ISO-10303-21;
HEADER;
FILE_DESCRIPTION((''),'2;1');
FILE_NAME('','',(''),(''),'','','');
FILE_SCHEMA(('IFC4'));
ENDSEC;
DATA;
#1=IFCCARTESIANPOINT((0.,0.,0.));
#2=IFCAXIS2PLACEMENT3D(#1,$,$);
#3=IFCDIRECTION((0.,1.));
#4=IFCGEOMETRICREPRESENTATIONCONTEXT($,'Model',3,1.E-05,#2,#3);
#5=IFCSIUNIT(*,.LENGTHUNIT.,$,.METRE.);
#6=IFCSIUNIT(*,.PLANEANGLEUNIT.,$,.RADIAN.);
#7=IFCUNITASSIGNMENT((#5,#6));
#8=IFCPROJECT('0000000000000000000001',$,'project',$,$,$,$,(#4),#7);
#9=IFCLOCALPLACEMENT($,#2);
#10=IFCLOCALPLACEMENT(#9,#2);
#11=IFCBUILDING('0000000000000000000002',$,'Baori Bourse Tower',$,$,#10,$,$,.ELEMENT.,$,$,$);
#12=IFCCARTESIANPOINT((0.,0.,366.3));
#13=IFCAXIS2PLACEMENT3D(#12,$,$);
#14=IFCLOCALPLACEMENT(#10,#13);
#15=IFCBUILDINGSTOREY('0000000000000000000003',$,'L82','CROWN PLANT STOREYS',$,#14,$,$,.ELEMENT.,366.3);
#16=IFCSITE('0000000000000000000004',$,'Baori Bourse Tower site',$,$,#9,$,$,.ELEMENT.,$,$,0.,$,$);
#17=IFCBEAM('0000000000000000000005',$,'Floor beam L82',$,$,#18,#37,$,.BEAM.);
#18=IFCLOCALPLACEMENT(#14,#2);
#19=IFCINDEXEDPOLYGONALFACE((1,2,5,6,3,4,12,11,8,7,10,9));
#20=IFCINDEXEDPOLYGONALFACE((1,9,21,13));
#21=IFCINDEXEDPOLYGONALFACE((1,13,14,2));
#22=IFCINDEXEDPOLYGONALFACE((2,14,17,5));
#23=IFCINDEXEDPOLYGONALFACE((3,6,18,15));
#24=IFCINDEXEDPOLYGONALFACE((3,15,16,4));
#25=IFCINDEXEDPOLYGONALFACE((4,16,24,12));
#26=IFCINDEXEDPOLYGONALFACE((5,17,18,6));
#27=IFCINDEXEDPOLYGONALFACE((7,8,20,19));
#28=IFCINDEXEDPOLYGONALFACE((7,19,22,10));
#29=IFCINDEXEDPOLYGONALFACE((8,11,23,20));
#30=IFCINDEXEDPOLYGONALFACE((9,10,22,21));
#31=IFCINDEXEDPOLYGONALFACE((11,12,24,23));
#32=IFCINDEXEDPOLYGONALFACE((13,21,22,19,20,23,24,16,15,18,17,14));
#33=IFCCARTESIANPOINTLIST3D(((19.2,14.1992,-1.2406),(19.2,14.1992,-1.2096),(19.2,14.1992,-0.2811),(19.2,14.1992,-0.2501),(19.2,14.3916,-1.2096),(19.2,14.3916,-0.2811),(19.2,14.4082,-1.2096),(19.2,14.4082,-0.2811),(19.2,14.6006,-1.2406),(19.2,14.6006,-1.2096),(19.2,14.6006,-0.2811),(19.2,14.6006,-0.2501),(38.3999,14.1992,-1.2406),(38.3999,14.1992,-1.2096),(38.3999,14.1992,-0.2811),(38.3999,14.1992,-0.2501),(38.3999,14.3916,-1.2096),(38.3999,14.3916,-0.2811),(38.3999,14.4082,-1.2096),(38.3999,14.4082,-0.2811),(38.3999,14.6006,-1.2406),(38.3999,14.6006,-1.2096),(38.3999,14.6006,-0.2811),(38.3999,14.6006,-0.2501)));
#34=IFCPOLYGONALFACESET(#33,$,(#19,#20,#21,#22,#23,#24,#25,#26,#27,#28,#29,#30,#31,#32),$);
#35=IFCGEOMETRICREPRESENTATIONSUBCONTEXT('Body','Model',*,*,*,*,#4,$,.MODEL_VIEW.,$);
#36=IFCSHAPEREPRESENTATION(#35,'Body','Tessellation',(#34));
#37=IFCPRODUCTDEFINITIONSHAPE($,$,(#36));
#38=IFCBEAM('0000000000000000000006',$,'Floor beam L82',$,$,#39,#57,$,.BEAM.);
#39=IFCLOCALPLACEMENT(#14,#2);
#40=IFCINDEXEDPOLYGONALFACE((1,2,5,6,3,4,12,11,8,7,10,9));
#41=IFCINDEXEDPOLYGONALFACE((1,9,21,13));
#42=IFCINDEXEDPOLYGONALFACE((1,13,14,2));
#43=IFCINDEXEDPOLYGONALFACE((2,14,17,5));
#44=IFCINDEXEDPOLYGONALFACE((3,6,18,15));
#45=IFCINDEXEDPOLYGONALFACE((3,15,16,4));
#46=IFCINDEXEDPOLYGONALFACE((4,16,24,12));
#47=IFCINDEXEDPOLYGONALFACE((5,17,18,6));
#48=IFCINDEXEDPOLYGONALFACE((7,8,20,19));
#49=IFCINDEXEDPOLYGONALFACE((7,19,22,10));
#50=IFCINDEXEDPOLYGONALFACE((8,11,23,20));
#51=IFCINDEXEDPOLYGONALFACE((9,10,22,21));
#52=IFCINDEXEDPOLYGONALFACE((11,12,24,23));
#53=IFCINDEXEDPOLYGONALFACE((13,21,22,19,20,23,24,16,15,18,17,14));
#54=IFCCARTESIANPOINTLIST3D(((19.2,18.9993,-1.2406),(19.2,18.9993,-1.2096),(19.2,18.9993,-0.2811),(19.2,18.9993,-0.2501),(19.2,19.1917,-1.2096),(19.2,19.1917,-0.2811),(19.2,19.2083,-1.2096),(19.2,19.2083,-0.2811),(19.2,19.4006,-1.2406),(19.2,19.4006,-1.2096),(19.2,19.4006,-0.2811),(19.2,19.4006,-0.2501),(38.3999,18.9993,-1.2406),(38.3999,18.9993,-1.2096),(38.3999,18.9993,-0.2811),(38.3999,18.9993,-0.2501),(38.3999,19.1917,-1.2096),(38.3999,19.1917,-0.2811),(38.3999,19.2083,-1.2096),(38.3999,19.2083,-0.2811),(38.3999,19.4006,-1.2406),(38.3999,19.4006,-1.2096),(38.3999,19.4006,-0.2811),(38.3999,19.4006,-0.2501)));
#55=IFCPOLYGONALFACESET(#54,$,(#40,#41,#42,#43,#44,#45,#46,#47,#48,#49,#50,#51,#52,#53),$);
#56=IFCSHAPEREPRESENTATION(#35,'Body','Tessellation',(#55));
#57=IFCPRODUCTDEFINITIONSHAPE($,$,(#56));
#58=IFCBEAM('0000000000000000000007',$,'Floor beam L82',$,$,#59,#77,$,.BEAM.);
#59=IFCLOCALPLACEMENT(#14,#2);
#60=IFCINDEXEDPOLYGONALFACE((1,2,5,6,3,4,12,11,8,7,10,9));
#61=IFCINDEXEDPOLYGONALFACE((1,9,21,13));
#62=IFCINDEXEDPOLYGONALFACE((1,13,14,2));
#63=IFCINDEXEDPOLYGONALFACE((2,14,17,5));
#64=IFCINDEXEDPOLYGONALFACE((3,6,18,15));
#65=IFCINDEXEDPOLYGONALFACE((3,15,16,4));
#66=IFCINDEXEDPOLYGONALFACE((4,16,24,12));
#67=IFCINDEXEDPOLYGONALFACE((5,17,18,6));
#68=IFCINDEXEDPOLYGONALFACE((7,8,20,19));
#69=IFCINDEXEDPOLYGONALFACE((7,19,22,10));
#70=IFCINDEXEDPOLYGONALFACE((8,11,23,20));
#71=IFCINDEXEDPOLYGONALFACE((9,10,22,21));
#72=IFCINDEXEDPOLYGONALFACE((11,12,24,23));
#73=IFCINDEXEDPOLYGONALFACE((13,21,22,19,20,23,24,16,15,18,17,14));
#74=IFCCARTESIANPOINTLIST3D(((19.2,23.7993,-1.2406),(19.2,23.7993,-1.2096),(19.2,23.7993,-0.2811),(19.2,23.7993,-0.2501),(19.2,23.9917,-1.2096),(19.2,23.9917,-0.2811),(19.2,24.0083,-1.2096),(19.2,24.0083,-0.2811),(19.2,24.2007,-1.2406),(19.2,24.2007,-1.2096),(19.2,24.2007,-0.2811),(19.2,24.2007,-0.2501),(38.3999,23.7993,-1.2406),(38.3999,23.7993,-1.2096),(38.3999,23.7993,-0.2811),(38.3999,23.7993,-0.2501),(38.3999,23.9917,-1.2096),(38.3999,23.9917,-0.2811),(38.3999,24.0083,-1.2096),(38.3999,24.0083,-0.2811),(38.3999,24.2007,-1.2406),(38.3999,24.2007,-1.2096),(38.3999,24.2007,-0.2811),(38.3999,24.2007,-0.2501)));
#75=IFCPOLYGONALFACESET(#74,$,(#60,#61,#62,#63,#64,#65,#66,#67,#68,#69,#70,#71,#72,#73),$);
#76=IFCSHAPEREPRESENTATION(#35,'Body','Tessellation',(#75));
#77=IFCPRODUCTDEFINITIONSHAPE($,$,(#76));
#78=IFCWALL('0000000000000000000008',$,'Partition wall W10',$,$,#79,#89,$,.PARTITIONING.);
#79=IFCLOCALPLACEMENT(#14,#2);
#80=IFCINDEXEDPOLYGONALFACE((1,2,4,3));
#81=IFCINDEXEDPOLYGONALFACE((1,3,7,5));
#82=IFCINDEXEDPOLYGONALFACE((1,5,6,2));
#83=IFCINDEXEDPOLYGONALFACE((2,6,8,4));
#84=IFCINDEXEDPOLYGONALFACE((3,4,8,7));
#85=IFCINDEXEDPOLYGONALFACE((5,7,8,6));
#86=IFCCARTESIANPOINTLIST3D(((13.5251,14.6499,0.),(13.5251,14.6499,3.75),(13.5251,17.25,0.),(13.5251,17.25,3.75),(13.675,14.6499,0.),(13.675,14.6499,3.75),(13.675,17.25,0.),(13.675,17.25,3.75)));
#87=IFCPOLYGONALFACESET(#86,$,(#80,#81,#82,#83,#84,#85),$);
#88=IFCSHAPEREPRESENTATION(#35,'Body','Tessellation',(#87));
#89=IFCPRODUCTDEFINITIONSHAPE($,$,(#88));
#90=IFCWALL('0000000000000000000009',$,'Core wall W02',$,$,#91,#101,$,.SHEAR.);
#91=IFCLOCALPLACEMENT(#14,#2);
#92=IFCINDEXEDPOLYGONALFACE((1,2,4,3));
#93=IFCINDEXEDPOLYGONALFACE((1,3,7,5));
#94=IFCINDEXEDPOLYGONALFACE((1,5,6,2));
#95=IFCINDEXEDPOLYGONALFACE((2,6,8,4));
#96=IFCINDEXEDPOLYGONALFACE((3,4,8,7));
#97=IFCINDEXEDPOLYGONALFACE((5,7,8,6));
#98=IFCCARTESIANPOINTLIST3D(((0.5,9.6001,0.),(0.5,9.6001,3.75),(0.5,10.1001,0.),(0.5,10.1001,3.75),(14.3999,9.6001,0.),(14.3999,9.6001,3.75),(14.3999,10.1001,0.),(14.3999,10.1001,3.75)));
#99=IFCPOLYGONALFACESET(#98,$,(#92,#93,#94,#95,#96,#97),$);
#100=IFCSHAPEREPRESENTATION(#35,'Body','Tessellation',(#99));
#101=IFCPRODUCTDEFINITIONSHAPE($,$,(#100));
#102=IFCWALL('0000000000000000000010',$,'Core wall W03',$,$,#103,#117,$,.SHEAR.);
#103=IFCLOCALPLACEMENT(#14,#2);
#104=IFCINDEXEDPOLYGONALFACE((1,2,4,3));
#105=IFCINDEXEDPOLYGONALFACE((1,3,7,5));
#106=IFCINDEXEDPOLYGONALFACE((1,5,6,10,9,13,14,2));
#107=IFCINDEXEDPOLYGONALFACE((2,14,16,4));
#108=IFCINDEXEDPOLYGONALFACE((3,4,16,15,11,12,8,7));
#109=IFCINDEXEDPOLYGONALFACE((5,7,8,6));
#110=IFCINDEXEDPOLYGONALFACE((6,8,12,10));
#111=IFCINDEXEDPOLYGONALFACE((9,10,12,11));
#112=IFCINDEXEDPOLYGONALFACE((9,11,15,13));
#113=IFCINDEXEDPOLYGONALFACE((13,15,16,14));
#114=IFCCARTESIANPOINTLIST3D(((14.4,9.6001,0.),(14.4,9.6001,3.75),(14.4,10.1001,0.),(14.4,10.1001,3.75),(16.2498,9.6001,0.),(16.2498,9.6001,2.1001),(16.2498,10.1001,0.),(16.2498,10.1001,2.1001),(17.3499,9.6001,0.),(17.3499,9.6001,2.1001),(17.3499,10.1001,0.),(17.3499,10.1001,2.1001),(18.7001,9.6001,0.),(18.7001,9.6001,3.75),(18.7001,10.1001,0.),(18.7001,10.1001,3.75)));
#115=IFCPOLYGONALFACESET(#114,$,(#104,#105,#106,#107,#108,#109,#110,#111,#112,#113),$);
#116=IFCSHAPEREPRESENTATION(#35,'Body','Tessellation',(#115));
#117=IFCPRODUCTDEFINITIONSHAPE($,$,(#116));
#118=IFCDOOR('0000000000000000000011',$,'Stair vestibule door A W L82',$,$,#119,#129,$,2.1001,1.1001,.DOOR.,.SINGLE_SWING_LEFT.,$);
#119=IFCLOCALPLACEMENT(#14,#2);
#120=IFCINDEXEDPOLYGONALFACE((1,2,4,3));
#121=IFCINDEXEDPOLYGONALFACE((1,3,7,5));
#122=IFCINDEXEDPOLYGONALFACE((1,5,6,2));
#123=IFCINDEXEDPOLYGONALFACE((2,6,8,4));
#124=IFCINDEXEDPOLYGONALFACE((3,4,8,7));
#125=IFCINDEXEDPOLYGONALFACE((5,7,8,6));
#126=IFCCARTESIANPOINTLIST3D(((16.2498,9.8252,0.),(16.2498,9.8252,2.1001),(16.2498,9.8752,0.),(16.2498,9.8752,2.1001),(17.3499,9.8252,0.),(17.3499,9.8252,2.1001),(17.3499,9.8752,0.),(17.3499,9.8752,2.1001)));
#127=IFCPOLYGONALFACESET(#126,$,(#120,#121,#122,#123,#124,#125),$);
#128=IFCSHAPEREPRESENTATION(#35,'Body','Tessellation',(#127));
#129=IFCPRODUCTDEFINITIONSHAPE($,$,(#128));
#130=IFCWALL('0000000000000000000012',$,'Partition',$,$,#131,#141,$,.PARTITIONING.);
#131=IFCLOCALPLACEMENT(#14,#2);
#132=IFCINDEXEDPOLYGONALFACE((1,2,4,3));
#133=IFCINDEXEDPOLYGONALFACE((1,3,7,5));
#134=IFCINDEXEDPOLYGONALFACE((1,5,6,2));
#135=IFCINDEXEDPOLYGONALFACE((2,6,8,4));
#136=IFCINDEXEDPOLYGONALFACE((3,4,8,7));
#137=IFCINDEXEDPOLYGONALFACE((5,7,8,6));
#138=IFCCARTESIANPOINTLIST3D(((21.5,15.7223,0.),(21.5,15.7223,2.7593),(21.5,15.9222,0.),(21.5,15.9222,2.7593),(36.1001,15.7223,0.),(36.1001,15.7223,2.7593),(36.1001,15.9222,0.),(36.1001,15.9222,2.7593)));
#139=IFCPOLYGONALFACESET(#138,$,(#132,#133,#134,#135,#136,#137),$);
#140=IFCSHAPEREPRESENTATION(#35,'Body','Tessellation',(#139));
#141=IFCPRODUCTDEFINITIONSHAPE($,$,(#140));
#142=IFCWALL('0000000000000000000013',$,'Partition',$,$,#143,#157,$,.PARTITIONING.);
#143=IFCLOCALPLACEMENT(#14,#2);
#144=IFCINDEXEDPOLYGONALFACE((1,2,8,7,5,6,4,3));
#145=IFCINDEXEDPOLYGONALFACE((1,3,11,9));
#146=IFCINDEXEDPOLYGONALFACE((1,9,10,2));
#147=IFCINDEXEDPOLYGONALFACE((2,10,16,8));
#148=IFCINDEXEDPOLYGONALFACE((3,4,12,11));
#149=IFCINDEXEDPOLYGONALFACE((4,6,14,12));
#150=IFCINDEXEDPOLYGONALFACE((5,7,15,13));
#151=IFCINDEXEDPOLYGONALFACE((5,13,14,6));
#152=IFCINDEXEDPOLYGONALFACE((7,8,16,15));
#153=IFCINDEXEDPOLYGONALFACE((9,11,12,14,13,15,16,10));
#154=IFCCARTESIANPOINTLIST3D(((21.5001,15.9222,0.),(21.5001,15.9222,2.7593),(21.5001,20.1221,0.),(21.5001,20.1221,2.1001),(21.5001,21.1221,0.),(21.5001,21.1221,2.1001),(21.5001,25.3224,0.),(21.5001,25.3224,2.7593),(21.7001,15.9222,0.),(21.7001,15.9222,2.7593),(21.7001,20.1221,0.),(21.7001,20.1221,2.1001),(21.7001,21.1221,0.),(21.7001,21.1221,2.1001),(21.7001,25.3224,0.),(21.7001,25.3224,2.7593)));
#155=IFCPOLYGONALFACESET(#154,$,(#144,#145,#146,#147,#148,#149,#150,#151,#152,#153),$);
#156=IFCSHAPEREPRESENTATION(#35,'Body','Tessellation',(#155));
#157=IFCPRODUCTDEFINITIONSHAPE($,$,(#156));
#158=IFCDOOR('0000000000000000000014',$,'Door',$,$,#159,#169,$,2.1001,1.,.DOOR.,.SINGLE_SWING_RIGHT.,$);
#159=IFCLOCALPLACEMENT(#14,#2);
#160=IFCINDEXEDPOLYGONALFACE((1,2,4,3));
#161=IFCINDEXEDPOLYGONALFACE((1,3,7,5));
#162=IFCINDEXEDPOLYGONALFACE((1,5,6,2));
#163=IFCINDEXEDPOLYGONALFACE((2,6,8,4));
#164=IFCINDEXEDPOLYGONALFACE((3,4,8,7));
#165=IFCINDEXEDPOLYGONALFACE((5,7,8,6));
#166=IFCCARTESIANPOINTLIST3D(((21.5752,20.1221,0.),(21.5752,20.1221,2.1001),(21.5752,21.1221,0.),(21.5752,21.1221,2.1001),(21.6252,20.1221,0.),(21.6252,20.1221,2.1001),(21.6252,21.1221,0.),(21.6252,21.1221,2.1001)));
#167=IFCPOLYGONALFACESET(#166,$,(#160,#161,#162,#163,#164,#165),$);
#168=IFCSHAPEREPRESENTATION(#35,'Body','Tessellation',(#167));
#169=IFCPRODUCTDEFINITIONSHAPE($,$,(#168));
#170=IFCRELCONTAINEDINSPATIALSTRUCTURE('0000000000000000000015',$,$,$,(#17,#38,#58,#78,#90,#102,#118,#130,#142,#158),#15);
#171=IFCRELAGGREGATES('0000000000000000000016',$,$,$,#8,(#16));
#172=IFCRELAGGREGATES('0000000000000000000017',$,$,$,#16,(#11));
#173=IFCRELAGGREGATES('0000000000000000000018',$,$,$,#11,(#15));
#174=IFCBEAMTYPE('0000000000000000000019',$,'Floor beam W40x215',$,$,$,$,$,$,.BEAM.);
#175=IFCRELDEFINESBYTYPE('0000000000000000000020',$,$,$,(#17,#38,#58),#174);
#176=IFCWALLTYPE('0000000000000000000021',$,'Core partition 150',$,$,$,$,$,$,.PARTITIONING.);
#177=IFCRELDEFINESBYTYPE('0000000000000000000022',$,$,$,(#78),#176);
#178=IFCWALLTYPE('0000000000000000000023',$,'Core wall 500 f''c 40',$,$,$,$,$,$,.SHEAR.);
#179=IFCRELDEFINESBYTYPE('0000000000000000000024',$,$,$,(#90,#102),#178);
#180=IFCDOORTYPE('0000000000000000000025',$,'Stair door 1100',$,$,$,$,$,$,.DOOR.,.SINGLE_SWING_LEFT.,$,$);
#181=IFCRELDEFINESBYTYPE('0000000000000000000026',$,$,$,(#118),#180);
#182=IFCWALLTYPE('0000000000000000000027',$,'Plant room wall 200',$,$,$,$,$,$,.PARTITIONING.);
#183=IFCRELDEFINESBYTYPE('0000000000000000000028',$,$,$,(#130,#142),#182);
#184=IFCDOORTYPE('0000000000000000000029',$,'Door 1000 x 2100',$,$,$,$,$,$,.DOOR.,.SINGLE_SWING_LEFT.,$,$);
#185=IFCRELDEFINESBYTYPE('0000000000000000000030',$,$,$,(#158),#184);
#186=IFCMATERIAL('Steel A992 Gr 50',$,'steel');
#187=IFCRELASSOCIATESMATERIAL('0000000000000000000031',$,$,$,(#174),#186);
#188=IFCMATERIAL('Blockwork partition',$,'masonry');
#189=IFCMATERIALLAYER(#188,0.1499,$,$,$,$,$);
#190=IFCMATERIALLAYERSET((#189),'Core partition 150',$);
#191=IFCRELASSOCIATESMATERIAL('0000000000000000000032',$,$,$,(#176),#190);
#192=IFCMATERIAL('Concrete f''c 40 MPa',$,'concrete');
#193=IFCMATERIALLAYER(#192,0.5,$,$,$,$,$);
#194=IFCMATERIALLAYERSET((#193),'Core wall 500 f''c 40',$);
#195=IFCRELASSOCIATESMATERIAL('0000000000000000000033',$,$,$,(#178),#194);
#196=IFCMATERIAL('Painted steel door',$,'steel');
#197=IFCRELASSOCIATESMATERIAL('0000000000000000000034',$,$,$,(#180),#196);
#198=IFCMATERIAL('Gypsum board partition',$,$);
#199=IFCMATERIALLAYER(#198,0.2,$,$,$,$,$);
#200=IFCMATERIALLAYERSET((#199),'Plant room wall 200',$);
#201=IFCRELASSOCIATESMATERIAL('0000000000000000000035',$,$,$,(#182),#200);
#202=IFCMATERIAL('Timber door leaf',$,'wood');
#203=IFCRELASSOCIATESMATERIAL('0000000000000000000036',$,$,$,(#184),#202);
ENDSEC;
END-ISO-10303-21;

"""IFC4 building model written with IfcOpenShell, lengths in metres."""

from ifc_helpers import new_model, si_unit, direction, frame, frame_2d, origin, origin_2d, place, context, subcontext, project, spatial, rectangle, i_section, extrude, material, layer, layer_set, material_profile, profile_set, type_object, element, fill, save


model = new_model("IFC4")

# Units and contexts
model_context = context("Model", 3, precision=1e-05, world=origin(), true_north=direction((0.0, 1.0)))
body_context = subcontext(model_context, "Body", "Model", "MODEL_VIEW")
ifc_project = project(units=[si_unit("LENGTHUNIT", "METRE"), si_unit("PLANEANGLEUNIT", "RADIAN")], contexts=[model_context])

# Site, building, storey
site_placement = place(None, origin())
site = spatial("IfcSite", under=ifc_project, at=site_placement, Name="Baori Bourse Tower site", CompositionType="ELEMENT", RefElevation=0.0)
building_placement = place(site_placement, origin())
building = spatial("IfcBuilding", under=site, at=building_placement, Name="Baori Bourse Tower", CompositionType="ELEMENT")
storey_placement = place(building_placement, frame((0.0, 0.0, 366.3)))
storey = spatial("IfcBuildingStorey", under=building, at=storey_placement, Name="L82", Description="CROWN PLANT STOREYS", CompositionType="ELEMENT", Elevation=366.3)

# Beams
ifc_material_1 = material(Name="Steel A992 Gr 50", Category="steel")
ifc_material_profile = material_profile(ifc_material_1, i_section(OverallWidth=0.4014, OverallDepth=0.9905, WebThickness=0.0166, FlangeThickness=0.031, at=origin_2d()), Name="W40x215")
ifc_profile_set = profile_set([ifc_material_profile], Name="Steel A992 Gr 50")
beam_type = type_object("IfcBeamType", Name="Floor beam W40x215", PredefinedType="BEAM", material=ifc_profile_set)
for number, where, z_axis, x_axis, name in (
    (1, (19.2, 14.3999, -0.7454), (1.0, 0.0, 0.0), (0.0, 1.0, 0.0), "Floor beam L82"),
    (2, (19.2, 19.2, -0.7454), (1.0, 0.0, 0.0), (0.0, 1.0, 0.0), "Floor beam L82"),
    (3, (19.2, 24.0, -0.7454), (1.0, 0.0, 0.0), (0.0, 1.0, 0.0), "Floor beam L82"),
):
    element("IfcBeam", number, at=place(storey_placement, frame(where, z_axis=z_axis, x_axis=x_axis)), inside=storey, type_object=beam_type, Name=name, PredefinedType="BEAM", context=body_context, shape_type="SweptSolid", body=[
        extrude(i_section(OverallWidth=0.4014, OverallDepth=0.9905, WebThickness=0.0166, FlangeThickness=0.031, at=origin_2d()), origin(), (0.0, 0.0, 1.0), 19.2),
    ])

# Walls
ifc_material_2 = material(Name="Blockwork partition", Category="masonry")
ifc_layer_1 = layer(ifc_material_2, 0.1499)
ifc_layer_set_1 = layer_set([ifc_layer_1], Name="Core partition 150")
wall_type_1 = type_object("IfcWallType", Name="Core partition 150", PredefinedType="PARTITIONING", material=ifc_layer_set_1)
wall_1_placement = place(storey_placement, frame((13.6001, 14.6499, 0.0), z_axis=(0.0, 0.0, 1.0), x_axis=(0.0, 1.0, 0.0)))
element("IfcWall", 4, at=wall_1_placement, inside=storey, type_object=wall_type_1, Name="Partition wall W10", PredefinedType="PARTITIONING", context=body_context, shape_type="SweptSolid", body=[
    extrude(rectangle(XDim=2.6001, YDim=0.1499, at=frame_2d((1.3, 0.0))), origin(), (0.0, 0.0, 1.0), 3.75),
])
ifc_material_3 = material(Name="Concrete f'c 40 MPa", Category="concrete")
ifc_layer_2 = layer(ifc_material_3, 0.5)
ifc_layer_set_2 = layer_set([ifc_layer_2], Name="Core wall 500 f'c 40")
wall_type_2 = type_object("IfcWallType", Name="Core wall 500 f'c 40", PredefinedType="SHEAR", material=ifc_layer_set_2)
wall_2_placement = place(storey_placement, frame((14.3999, 9.8501, 0.0), z_axis=(0.0, 0.0, 1.0), x_axis=(-1.0, 0.0, 0.0)))
element("IfcWall", 5, at=wall_2_placement, inside=storey, type_object=wall_type_2, Name="Core wall W02", PredefinedType="SHEAR", context=body_context, shape_type="SweptSolid", body=[
    extrude(rectangle(XDim=13.8999, YDim=0.5, at=frame_2d((6.95, 0.0))), origin(), (0.0, 0.0, 1.0), 3.75),
])

# Wall, opening, door
wall_3_placement = place(storey_placement, frame((18.7, 9.8501, 0.0), z_axis=(0.0, 0.0, 1.0), x_axis=(-1.0, 0.0, 0.0)))
wall_3 = element("IfcWall", 6, at=wall_3_placement, inside=storey, type_object=wall_type_2, Name="Core wall W03", PredefinedType="SHEAR", context=body_context, shape_type="SweptSolid", body=[
    extrude(rectangle(XDim=4.3, YDim=0.5, at=frame_2d((2.1499, 0.0))), origin(), (0.0, 0.0, 1.0), 3.75),
])
opening_1_placement = place(wall_3_placement, frame((1.3501, 0.0, 0.0)))
opening_1 = element("IfcOpeningElement", 7, at=opening_1_placement, cuts=wall_3, PredefinedType="OPENING", context=body_context, shape_type="SweptSolid", body=[
    extrude(rectangle(XDim=1.1001, YDim=2.1001, at=frame_2d((0.55, 1.05))), frame((0.0, 0.26, 0.0), z_axis=(0.0, -1.0, 0.0), x_axis=(1.0, 0.0, 0.0)), (0.0, 0.0, 1.0), 0.52),
])
ifc_material_4 = material(Name="Painted steel door", Category="steel")
door_type_1 = type_object("IfcDoorType", Name="Stair door 1100", OperationType="SINGLE_SWING_LEFT", PredefinedType="DOOR", material=ifc_material_4)
door_1_placement = place(opening_1_placement, origin())
door_1 = element("IfcDoor", 8, at=door_1_placement, inside=storey, type_object=door_type_1, Name="Stair vestibule door A W L82", OperationType="SINGLE_SWING_LEFT", OverallHeight=2.1001, OverallWidth=1.1001, PredefinedType="DOOR", context=body_context, shape_type="SweptSolid", body=[
    extrude(rectangle(XDim=1.1001, YDim=2.1001, at=frame_2d((0.55, 1.05))), frame((0.0, 0.0249, 0.0), z_axis=(0.0, -1.0, 0.0), x_axis=(1.0, 0.0, 0.0)), (0.0, 0.0, 1.0), 0.05),
])
fill(opening_1, door_1)

# Wall
ifc_material_5 = material(Name="Gypsum board partition")
ifc_layer_3 = layer(ifc_material_5, 0.2)
ifc_layer_set_3 = layer_set([ifc_layer_3], Name="Plant room wall 200")
wall_type_3 = type_object("IfcWallType", Name="Plant room wall 200", PredefinedType="PARTITIONING", material=ifc_layer_set_3)
wall_4_placement = place(storey_placement, frame((21.5, 15.8223, 0.0), z_axis=(0.0, 0.0, 1.0), x_axis=(1.0, 0.0, 0.0)))
element("IfcWall", 9, at=wall_4_placement, inside=storey, type_object=wall_type_3, Name="Partition", PredefinedType="PARTITIONING", context=body_context, shape_type="SweptSolid", body=[
    extrude(rectangle(XDim=14.6001, YDim=0.2, at=frame_2d((7.3, 0.0))), origin(), (0.0, 0.0, 1.0), 2.7593),
])

# Wall, opening, door
wall_5_placement = place(storey_placement, frame((21.6001, 15.9221, 0.0), z_axis=(0.0, 0.0, 1.0), x_axis=(0.0, 1.0, 0.0)))
wall_5 = element("IfcWall", 10, at=wall_5_placement, inside=storey, type_object=wall_type_3, Name="Partition", PredefinedType="PARTITIONING", context=body_context, shape_type="SweptSolid", body=[
    extrude(rectangle(XDim=9.4001, YDim=0.2, at=frame_2d((4.7002, 0.0))), origin(), (0.0, 0.0, 1.0), 2.7593),
])
opening_2_placement = place(wall_5_placement, frame((4.2, 0.0, 0.0)))
opening_2 = element("IfcOpeningElement", 11, at=opening_2_placement, cuts=wall_5, PredefinedType="OPENING", context=body_context, shape_type="SweptSolid", body=[
    extrude(rectangle(XDim=1.0, YDim=2.1001, at=frame_2d((0.5, 1.05))), frame((0.0, 0.1099, 0.0), z_axis=(0.0, -1.0, 0.0), x_axis=(1.0, 0.0, 0.0)), (0.0, 0.0, 1.0), 0.22),
])
ifc_material_6 = material(Name="Timber door leaf", Category="wood")
door_type_2 = type_object("IfcDoorType", Name="Door 1000 x 2100", OperationType="SINGLE_SWING_LEFT", PredefinedType="DOOR", material=ifc_material_6)
door_2_placement = place(opening_2_placement, origin())
door_2 = element("IfcDoor", 12, at=door_2_placement, inside=storey, type_object=door_type_2, Name="Door", OperationType="SINGLE_SWING_RIGHT", OverallHeight=2.1001, OverallWidth=1.0, PredefinedType="DOOR", context=body_context, shape_type="SweptSolid", body=[
    extrude(rectangle(XDim=1.0, YDim=2.1001, at=frame_2d((0.5, 1.05))), frame((0.0, 0.0249, 0.0), z_axis=(0.0, -1.0, 0.0), x_axis=(1.0, 0.0, 0.0)), (0.0, 0.0, 1.0), 0.05),
])
fill(opening_2, door_2)

save(model, "model.ifc")
